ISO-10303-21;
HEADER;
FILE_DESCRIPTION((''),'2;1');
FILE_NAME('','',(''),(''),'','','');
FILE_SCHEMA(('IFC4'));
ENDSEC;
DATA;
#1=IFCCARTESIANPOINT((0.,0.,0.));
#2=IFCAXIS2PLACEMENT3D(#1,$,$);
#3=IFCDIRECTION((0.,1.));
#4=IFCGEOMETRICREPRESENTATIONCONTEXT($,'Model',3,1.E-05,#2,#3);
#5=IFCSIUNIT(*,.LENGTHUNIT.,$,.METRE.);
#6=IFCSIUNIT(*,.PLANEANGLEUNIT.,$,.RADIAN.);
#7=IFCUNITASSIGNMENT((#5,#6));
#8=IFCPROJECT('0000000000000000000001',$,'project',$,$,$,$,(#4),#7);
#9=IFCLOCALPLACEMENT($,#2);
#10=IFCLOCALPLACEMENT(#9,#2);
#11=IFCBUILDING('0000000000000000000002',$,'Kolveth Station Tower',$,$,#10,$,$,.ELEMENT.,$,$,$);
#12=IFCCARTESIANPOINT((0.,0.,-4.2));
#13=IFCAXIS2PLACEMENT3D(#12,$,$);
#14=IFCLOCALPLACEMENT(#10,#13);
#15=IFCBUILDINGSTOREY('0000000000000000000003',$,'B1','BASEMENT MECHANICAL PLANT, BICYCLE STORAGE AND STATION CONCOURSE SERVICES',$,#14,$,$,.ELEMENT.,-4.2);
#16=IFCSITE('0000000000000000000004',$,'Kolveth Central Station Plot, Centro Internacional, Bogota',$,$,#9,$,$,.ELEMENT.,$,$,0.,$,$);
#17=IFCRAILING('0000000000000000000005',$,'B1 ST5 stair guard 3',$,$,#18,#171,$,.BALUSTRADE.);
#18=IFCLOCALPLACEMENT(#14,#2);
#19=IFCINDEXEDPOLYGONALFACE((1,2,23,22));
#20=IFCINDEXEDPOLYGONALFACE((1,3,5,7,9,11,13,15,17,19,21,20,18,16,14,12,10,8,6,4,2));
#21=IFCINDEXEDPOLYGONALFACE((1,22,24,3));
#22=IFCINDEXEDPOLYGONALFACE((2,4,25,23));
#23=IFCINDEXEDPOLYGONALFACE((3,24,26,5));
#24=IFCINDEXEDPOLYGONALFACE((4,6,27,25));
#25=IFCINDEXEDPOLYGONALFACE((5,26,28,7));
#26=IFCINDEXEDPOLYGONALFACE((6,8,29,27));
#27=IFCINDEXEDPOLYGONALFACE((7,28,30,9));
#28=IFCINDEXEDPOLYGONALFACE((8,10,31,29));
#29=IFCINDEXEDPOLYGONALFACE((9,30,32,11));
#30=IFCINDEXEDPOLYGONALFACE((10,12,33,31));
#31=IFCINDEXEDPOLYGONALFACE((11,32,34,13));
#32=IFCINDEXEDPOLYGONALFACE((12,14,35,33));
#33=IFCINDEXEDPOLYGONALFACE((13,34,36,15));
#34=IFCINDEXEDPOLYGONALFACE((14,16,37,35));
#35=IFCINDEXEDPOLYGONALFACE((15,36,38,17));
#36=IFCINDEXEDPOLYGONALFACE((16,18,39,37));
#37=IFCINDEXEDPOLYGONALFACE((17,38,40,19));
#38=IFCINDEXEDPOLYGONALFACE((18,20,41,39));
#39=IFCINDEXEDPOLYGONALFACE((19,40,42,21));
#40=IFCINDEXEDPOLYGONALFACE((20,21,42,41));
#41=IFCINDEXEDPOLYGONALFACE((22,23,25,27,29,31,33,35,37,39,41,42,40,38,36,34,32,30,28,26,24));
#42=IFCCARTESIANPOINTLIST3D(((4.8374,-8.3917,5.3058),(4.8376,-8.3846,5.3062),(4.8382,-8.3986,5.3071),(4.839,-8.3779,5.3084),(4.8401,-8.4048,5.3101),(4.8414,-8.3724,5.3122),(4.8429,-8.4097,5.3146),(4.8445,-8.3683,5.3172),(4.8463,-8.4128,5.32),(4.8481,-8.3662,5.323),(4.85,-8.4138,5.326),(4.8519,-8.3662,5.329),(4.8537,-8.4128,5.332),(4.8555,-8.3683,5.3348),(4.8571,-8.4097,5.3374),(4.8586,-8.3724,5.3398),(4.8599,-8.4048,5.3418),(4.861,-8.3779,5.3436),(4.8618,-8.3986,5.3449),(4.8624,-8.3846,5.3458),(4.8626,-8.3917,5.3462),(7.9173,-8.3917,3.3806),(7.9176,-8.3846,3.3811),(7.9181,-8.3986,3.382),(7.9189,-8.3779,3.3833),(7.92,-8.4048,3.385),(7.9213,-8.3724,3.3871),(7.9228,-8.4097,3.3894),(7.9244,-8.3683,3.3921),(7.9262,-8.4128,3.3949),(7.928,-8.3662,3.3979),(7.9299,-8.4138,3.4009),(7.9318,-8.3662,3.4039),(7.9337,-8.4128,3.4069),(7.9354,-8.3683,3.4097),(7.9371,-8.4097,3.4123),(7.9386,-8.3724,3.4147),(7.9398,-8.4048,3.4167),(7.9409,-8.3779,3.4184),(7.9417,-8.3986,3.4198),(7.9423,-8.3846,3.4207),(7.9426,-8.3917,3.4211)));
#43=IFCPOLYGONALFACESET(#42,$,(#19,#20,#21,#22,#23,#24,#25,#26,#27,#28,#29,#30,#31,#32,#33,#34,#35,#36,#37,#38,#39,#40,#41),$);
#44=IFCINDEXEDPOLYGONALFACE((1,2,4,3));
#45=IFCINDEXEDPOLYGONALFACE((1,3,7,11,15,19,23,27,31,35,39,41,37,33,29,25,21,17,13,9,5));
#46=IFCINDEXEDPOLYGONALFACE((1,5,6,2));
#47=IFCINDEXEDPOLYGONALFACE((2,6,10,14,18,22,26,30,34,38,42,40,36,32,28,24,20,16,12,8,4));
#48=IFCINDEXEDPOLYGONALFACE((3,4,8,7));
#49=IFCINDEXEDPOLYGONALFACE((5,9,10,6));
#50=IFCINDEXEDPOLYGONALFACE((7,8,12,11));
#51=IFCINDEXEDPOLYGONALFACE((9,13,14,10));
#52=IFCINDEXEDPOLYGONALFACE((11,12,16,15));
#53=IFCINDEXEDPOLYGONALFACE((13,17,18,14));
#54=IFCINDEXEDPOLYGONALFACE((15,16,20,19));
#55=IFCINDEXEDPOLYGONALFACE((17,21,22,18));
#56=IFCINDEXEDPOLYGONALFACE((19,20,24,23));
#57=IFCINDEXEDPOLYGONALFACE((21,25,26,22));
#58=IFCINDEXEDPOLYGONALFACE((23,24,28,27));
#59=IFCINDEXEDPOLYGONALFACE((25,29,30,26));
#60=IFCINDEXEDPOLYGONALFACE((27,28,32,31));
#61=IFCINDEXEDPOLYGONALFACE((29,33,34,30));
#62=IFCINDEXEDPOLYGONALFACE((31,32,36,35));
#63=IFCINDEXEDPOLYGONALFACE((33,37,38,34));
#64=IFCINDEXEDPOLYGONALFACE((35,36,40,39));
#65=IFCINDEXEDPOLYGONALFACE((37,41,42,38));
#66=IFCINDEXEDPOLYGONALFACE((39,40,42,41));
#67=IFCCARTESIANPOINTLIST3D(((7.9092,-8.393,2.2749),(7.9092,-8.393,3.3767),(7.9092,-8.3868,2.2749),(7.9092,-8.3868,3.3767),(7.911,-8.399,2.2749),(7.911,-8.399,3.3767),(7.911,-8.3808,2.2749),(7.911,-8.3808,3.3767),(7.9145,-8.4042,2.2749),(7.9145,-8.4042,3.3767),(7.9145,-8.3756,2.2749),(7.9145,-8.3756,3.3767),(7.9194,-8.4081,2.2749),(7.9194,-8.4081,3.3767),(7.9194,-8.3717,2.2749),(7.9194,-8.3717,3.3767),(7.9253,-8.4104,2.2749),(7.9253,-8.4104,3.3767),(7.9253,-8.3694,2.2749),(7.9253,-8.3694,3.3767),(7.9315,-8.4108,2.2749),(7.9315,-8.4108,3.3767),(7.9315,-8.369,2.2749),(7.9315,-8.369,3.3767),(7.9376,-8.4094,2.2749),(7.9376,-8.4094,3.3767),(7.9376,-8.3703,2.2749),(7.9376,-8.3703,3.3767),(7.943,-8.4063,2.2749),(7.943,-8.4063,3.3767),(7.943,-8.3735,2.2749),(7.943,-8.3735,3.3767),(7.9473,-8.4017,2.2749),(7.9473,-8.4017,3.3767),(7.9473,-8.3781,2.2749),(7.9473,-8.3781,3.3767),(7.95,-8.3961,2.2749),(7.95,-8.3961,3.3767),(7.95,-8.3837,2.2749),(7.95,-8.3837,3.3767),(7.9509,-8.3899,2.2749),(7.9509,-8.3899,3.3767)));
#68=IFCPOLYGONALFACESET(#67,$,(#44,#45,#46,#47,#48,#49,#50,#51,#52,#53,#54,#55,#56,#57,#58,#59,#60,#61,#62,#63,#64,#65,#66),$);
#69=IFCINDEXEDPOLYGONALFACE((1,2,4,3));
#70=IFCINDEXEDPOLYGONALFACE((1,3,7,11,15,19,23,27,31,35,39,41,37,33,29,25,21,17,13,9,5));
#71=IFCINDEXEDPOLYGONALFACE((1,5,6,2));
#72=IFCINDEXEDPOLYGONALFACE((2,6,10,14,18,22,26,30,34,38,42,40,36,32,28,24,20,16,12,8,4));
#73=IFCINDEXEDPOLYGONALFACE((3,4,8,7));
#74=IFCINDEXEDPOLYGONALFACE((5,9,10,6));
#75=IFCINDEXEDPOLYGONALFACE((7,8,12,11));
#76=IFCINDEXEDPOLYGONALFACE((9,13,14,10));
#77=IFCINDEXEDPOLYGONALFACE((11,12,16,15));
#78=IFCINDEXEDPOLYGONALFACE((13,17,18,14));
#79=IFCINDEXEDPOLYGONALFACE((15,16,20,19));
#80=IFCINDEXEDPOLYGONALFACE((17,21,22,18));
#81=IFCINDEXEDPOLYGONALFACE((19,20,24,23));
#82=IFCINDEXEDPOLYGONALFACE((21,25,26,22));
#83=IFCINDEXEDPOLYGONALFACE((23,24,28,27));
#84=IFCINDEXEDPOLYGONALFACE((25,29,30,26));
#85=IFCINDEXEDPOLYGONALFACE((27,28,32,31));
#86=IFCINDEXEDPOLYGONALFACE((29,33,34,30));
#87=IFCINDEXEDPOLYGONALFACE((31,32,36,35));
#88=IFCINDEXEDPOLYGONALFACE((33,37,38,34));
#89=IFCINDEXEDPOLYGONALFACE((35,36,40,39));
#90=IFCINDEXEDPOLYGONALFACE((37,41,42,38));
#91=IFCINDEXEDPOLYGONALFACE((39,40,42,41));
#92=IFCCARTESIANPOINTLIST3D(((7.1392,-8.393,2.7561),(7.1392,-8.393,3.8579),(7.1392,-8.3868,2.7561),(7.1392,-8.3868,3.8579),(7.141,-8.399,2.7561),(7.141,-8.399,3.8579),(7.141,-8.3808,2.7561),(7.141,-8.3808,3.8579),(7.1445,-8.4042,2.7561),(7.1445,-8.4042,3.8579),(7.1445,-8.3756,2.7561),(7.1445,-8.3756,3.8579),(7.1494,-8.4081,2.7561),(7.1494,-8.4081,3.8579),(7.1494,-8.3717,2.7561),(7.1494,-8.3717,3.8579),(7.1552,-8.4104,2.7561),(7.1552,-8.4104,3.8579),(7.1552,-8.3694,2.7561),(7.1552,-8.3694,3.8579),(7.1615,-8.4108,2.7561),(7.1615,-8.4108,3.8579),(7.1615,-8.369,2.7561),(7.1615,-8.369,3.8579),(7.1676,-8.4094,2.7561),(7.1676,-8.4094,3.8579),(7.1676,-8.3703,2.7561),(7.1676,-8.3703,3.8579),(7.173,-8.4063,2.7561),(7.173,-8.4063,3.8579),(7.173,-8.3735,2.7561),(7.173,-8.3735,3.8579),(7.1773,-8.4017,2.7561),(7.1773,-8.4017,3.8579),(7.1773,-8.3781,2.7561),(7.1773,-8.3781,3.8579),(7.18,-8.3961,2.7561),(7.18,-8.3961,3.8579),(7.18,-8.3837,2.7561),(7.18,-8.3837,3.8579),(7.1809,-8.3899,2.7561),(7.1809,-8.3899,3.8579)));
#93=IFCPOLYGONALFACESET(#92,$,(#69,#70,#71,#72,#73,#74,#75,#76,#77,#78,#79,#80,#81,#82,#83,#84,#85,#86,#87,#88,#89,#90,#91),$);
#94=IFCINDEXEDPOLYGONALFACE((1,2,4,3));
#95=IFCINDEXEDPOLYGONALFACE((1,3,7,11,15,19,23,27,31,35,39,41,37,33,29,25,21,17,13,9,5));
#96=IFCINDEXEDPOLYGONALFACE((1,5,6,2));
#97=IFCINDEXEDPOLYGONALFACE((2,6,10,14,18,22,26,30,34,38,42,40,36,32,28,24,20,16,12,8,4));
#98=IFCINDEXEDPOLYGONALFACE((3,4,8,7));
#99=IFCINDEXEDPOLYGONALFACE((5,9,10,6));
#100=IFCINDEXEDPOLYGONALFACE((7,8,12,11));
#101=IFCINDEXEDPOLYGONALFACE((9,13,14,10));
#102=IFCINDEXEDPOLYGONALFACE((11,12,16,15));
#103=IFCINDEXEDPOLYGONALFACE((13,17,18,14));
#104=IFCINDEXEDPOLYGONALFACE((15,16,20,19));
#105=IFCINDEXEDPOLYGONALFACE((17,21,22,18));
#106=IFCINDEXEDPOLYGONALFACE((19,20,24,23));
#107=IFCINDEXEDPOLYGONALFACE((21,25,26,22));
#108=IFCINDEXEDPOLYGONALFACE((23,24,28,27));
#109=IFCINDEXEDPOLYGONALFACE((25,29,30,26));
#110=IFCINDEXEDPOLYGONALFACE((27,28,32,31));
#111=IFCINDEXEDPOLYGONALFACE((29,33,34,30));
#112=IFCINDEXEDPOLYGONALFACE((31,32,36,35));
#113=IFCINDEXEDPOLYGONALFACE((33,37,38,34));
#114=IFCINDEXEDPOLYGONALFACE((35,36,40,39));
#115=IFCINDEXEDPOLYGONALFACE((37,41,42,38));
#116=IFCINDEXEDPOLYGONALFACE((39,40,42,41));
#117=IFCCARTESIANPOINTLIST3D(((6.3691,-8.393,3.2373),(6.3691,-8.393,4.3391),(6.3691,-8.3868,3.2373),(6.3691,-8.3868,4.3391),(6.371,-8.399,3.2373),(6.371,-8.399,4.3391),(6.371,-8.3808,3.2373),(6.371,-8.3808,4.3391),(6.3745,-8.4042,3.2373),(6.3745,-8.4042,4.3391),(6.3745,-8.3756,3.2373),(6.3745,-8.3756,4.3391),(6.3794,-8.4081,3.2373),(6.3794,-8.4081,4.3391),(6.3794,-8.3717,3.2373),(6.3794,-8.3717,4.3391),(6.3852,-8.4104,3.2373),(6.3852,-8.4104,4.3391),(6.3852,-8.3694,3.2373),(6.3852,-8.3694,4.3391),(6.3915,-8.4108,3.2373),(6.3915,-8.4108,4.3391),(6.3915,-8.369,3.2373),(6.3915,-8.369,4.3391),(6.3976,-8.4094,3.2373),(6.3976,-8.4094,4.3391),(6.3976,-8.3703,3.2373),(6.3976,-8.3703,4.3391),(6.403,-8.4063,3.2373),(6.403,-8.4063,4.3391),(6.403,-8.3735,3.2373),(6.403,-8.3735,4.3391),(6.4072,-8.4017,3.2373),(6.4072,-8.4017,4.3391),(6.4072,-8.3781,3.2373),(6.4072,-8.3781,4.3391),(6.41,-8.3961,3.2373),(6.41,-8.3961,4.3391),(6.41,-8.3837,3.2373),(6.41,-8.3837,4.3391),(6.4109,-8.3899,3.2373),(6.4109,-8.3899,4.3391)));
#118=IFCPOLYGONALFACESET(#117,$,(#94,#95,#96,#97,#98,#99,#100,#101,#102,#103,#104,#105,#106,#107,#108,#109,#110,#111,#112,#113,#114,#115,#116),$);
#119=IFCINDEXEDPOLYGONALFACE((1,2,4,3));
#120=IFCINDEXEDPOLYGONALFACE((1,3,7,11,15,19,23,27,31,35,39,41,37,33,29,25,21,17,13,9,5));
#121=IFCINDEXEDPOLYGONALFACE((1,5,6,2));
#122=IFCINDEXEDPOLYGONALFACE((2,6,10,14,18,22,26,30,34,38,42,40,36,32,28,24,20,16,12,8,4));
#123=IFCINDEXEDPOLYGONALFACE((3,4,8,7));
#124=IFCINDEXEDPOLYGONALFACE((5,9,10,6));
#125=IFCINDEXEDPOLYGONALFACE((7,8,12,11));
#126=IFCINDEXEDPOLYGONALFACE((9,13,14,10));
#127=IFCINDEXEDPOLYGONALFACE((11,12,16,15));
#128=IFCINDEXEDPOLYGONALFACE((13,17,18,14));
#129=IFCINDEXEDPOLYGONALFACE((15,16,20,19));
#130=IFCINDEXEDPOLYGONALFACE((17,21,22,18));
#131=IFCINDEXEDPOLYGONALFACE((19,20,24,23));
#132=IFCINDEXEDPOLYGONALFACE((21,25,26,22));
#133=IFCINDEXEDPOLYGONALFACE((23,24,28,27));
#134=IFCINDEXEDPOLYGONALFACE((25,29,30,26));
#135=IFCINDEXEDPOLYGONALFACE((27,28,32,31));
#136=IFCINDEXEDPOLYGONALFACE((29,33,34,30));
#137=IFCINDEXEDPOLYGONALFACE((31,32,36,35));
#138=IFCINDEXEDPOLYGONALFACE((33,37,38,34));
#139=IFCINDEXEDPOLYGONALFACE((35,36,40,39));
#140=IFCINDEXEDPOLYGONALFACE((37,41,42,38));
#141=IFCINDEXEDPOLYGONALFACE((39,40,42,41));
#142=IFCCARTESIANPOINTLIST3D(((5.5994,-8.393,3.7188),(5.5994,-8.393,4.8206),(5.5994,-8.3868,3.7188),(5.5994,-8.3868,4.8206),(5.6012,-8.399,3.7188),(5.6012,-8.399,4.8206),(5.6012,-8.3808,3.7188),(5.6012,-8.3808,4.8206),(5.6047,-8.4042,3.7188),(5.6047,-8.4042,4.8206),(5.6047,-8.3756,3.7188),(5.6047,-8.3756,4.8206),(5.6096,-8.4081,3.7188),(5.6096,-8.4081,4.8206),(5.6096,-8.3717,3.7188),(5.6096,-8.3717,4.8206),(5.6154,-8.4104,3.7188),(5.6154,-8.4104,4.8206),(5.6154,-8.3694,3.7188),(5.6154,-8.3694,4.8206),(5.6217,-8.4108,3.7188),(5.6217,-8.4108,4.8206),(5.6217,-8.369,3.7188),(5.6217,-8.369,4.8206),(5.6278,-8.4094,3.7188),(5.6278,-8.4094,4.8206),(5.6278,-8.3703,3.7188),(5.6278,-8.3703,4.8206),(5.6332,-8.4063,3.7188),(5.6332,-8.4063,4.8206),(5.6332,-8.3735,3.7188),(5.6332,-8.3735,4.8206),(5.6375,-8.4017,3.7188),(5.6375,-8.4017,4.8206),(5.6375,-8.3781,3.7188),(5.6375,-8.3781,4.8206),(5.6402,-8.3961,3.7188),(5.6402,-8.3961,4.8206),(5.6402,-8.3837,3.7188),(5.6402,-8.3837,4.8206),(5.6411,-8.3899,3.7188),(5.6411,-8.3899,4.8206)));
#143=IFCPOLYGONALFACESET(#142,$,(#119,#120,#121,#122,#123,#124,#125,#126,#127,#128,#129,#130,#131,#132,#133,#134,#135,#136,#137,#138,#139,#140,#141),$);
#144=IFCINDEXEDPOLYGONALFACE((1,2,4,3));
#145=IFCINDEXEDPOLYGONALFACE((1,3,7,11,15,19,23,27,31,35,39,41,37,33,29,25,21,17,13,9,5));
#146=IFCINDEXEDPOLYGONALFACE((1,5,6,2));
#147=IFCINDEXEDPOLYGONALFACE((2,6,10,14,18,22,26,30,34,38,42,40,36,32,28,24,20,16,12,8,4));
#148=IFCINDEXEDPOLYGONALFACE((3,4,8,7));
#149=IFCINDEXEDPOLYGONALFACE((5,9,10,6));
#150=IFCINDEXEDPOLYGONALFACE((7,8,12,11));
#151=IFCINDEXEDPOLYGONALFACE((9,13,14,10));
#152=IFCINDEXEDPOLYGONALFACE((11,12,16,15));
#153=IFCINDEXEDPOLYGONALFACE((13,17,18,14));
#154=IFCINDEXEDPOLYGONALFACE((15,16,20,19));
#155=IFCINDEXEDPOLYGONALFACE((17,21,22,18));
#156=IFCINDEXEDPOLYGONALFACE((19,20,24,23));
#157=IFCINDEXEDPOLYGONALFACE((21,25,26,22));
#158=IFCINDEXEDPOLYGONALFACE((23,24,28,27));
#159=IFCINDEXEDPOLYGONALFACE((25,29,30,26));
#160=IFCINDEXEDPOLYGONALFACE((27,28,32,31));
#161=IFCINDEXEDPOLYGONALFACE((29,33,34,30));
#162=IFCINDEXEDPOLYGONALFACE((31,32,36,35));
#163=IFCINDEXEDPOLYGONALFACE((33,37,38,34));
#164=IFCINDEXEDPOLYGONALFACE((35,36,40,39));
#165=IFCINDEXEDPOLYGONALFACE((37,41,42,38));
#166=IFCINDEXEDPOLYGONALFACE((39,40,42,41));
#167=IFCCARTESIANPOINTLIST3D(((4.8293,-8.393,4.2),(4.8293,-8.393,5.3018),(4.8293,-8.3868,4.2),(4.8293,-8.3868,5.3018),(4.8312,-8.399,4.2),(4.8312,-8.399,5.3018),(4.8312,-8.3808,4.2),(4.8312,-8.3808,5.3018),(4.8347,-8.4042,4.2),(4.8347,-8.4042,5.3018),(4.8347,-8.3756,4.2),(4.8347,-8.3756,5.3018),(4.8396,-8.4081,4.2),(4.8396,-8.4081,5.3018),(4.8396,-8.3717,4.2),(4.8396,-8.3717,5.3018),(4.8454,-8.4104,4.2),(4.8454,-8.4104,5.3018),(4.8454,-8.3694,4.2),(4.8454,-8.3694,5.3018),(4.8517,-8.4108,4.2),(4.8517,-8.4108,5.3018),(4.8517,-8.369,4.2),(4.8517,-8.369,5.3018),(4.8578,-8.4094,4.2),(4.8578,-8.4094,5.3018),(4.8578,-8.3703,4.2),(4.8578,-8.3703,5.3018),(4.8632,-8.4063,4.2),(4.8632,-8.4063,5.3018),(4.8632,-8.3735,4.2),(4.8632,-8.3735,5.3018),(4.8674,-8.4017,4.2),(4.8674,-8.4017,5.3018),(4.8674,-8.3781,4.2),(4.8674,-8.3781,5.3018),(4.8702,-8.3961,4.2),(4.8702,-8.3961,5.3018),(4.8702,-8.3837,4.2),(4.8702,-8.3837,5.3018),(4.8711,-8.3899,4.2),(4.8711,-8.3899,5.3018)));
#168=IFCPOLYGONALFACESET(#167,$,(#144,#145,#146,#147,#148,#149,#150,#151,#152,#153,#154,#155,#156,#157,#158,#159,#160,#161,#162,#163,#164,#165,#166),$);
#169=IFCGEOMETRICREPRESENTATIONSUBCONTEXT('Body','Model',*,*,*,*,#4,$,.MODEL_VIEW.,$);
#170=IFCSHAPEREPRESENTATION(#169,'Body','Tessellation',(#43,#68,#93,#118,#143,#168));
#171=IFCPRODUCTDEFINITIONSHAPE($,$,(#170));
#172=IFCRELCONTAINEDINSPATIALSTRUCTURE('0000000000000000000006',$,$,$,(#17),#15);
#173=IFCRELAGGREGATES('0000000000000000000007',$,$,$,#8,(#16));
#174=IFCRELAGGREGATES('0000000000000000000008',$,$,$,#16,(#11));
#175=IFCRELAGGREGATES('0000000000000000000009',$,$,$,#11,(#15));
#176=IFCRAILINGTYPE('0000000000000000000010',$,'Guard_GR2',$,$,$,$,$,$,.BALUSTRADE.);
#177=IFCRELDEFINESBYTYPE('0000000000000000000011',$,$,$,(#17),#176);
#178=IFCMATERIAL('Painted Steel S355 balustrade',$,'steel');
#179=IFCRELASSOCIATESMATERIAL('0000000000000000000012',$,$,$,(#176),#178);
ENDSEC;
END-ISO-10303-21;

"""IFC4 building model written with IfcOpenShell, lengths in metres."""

from ifc_helpers import new_model, si_unit, direction, frame, origin, origin_2d, place, context, subcontext, project, spatial, circle, extrude, material, type_object, element, save


model = new_model("IFC4")

# Units and contexts
model_context = context("Model", 3, precision=1e-05, world=origin(), true_north=direction((0.0, 1.0)))
body_context = subcontext(model_context, "Body", "Model", "MODEL_VIEW")
ifc_project = project(units=[si_unit("LENGTHUNIT", "METRE"), si_unit("PLANEANGLEUNIT", "RADIAN")], contexts=[model_context])

# Site, building, storey
site_placement = place(None, origin())
site = spatial("IfcSite", under=ifc_project, at=site_placement, Name="Kolveth Central Station Plot, Centro Internacional, Bogota", CompositionType="ELEMENT", RefElevation=0.0)
building_placement = place(site_placement, origin())
building = spatial("IfcBuilding", under=site, at=building_placement, Name="Kolveth Station Tower", CompositionType="ELEMENT")
storey_placement = place(building_placement, frame((0.0, 0.0, -4.2)))
storey = spatial("IfcBuildingStorey", under=building, at=storey_placement, Name="B1", Description="BASEMENT MECHANICAL PLANT, BICYCLE STORAGE AND STATION CONCOURSE SERVICES", CompositionType="ELEMENT", Elevation=-4.2)

# Railing
ifc_material_1 = material(Name="Painted Steel S355 balustrade", Category="steel")
railing_type_1 = type_object("IfcRailingType", Name="Guard_GR2", PredefinedType="BALUSTRADE", material=ifc_material_1)
railing_1_placement = place(storey_placement, frame((7.9299, -8.3899, 2.2749)))
element("IfcRailing", 1, at=railing_1_placement, inside=storey, type_object=railing_type_1, Name="B1 ST5 stair guard 3", PredefinedType="BALUSTRADE", context=body_context, shape_type="SweptSolid", body=[
    extrude(circle(Radius=0.0239, at=origin_2d()), frame((0.0, 0.0, 1.126), z_axis=(-0.847979, 0.0, 0.530029), x_axis=(0.0, -1.0, 0.0)), (0.0, 0.0, 1.0), 3.6321),
    extrude(circle(Radius=0.021, at=origin_2d()), origin(), (0.0, 0.0, 1.0), 1.1018),
    extrude(circle(Radius=0.021, at=origin_2d()), frame((-0.77, 0.0, 0.4812)), (0.0, 0.0, 1.0), 1.1018),
    extrude(circle(Radius=0.021, at=origin_2d()), frame((-1.54, 0.0, 0.9624)), (0.0, 0.0, 1.0), 1.1018),
    extrude(circle(Radius=0.021, at=origin_2d()), frame((-2.3098, 0.0, 1.4438)), (0.0, 0.0, 1.0), 1.1018),
    extrude(circle(Radius=0.021, at=origin_2d()), frame((-3.0798, 0.0, 1.925)), (0.0, 0.0, 1.0), 1.1018),
])

save(model, "model.ifc")
